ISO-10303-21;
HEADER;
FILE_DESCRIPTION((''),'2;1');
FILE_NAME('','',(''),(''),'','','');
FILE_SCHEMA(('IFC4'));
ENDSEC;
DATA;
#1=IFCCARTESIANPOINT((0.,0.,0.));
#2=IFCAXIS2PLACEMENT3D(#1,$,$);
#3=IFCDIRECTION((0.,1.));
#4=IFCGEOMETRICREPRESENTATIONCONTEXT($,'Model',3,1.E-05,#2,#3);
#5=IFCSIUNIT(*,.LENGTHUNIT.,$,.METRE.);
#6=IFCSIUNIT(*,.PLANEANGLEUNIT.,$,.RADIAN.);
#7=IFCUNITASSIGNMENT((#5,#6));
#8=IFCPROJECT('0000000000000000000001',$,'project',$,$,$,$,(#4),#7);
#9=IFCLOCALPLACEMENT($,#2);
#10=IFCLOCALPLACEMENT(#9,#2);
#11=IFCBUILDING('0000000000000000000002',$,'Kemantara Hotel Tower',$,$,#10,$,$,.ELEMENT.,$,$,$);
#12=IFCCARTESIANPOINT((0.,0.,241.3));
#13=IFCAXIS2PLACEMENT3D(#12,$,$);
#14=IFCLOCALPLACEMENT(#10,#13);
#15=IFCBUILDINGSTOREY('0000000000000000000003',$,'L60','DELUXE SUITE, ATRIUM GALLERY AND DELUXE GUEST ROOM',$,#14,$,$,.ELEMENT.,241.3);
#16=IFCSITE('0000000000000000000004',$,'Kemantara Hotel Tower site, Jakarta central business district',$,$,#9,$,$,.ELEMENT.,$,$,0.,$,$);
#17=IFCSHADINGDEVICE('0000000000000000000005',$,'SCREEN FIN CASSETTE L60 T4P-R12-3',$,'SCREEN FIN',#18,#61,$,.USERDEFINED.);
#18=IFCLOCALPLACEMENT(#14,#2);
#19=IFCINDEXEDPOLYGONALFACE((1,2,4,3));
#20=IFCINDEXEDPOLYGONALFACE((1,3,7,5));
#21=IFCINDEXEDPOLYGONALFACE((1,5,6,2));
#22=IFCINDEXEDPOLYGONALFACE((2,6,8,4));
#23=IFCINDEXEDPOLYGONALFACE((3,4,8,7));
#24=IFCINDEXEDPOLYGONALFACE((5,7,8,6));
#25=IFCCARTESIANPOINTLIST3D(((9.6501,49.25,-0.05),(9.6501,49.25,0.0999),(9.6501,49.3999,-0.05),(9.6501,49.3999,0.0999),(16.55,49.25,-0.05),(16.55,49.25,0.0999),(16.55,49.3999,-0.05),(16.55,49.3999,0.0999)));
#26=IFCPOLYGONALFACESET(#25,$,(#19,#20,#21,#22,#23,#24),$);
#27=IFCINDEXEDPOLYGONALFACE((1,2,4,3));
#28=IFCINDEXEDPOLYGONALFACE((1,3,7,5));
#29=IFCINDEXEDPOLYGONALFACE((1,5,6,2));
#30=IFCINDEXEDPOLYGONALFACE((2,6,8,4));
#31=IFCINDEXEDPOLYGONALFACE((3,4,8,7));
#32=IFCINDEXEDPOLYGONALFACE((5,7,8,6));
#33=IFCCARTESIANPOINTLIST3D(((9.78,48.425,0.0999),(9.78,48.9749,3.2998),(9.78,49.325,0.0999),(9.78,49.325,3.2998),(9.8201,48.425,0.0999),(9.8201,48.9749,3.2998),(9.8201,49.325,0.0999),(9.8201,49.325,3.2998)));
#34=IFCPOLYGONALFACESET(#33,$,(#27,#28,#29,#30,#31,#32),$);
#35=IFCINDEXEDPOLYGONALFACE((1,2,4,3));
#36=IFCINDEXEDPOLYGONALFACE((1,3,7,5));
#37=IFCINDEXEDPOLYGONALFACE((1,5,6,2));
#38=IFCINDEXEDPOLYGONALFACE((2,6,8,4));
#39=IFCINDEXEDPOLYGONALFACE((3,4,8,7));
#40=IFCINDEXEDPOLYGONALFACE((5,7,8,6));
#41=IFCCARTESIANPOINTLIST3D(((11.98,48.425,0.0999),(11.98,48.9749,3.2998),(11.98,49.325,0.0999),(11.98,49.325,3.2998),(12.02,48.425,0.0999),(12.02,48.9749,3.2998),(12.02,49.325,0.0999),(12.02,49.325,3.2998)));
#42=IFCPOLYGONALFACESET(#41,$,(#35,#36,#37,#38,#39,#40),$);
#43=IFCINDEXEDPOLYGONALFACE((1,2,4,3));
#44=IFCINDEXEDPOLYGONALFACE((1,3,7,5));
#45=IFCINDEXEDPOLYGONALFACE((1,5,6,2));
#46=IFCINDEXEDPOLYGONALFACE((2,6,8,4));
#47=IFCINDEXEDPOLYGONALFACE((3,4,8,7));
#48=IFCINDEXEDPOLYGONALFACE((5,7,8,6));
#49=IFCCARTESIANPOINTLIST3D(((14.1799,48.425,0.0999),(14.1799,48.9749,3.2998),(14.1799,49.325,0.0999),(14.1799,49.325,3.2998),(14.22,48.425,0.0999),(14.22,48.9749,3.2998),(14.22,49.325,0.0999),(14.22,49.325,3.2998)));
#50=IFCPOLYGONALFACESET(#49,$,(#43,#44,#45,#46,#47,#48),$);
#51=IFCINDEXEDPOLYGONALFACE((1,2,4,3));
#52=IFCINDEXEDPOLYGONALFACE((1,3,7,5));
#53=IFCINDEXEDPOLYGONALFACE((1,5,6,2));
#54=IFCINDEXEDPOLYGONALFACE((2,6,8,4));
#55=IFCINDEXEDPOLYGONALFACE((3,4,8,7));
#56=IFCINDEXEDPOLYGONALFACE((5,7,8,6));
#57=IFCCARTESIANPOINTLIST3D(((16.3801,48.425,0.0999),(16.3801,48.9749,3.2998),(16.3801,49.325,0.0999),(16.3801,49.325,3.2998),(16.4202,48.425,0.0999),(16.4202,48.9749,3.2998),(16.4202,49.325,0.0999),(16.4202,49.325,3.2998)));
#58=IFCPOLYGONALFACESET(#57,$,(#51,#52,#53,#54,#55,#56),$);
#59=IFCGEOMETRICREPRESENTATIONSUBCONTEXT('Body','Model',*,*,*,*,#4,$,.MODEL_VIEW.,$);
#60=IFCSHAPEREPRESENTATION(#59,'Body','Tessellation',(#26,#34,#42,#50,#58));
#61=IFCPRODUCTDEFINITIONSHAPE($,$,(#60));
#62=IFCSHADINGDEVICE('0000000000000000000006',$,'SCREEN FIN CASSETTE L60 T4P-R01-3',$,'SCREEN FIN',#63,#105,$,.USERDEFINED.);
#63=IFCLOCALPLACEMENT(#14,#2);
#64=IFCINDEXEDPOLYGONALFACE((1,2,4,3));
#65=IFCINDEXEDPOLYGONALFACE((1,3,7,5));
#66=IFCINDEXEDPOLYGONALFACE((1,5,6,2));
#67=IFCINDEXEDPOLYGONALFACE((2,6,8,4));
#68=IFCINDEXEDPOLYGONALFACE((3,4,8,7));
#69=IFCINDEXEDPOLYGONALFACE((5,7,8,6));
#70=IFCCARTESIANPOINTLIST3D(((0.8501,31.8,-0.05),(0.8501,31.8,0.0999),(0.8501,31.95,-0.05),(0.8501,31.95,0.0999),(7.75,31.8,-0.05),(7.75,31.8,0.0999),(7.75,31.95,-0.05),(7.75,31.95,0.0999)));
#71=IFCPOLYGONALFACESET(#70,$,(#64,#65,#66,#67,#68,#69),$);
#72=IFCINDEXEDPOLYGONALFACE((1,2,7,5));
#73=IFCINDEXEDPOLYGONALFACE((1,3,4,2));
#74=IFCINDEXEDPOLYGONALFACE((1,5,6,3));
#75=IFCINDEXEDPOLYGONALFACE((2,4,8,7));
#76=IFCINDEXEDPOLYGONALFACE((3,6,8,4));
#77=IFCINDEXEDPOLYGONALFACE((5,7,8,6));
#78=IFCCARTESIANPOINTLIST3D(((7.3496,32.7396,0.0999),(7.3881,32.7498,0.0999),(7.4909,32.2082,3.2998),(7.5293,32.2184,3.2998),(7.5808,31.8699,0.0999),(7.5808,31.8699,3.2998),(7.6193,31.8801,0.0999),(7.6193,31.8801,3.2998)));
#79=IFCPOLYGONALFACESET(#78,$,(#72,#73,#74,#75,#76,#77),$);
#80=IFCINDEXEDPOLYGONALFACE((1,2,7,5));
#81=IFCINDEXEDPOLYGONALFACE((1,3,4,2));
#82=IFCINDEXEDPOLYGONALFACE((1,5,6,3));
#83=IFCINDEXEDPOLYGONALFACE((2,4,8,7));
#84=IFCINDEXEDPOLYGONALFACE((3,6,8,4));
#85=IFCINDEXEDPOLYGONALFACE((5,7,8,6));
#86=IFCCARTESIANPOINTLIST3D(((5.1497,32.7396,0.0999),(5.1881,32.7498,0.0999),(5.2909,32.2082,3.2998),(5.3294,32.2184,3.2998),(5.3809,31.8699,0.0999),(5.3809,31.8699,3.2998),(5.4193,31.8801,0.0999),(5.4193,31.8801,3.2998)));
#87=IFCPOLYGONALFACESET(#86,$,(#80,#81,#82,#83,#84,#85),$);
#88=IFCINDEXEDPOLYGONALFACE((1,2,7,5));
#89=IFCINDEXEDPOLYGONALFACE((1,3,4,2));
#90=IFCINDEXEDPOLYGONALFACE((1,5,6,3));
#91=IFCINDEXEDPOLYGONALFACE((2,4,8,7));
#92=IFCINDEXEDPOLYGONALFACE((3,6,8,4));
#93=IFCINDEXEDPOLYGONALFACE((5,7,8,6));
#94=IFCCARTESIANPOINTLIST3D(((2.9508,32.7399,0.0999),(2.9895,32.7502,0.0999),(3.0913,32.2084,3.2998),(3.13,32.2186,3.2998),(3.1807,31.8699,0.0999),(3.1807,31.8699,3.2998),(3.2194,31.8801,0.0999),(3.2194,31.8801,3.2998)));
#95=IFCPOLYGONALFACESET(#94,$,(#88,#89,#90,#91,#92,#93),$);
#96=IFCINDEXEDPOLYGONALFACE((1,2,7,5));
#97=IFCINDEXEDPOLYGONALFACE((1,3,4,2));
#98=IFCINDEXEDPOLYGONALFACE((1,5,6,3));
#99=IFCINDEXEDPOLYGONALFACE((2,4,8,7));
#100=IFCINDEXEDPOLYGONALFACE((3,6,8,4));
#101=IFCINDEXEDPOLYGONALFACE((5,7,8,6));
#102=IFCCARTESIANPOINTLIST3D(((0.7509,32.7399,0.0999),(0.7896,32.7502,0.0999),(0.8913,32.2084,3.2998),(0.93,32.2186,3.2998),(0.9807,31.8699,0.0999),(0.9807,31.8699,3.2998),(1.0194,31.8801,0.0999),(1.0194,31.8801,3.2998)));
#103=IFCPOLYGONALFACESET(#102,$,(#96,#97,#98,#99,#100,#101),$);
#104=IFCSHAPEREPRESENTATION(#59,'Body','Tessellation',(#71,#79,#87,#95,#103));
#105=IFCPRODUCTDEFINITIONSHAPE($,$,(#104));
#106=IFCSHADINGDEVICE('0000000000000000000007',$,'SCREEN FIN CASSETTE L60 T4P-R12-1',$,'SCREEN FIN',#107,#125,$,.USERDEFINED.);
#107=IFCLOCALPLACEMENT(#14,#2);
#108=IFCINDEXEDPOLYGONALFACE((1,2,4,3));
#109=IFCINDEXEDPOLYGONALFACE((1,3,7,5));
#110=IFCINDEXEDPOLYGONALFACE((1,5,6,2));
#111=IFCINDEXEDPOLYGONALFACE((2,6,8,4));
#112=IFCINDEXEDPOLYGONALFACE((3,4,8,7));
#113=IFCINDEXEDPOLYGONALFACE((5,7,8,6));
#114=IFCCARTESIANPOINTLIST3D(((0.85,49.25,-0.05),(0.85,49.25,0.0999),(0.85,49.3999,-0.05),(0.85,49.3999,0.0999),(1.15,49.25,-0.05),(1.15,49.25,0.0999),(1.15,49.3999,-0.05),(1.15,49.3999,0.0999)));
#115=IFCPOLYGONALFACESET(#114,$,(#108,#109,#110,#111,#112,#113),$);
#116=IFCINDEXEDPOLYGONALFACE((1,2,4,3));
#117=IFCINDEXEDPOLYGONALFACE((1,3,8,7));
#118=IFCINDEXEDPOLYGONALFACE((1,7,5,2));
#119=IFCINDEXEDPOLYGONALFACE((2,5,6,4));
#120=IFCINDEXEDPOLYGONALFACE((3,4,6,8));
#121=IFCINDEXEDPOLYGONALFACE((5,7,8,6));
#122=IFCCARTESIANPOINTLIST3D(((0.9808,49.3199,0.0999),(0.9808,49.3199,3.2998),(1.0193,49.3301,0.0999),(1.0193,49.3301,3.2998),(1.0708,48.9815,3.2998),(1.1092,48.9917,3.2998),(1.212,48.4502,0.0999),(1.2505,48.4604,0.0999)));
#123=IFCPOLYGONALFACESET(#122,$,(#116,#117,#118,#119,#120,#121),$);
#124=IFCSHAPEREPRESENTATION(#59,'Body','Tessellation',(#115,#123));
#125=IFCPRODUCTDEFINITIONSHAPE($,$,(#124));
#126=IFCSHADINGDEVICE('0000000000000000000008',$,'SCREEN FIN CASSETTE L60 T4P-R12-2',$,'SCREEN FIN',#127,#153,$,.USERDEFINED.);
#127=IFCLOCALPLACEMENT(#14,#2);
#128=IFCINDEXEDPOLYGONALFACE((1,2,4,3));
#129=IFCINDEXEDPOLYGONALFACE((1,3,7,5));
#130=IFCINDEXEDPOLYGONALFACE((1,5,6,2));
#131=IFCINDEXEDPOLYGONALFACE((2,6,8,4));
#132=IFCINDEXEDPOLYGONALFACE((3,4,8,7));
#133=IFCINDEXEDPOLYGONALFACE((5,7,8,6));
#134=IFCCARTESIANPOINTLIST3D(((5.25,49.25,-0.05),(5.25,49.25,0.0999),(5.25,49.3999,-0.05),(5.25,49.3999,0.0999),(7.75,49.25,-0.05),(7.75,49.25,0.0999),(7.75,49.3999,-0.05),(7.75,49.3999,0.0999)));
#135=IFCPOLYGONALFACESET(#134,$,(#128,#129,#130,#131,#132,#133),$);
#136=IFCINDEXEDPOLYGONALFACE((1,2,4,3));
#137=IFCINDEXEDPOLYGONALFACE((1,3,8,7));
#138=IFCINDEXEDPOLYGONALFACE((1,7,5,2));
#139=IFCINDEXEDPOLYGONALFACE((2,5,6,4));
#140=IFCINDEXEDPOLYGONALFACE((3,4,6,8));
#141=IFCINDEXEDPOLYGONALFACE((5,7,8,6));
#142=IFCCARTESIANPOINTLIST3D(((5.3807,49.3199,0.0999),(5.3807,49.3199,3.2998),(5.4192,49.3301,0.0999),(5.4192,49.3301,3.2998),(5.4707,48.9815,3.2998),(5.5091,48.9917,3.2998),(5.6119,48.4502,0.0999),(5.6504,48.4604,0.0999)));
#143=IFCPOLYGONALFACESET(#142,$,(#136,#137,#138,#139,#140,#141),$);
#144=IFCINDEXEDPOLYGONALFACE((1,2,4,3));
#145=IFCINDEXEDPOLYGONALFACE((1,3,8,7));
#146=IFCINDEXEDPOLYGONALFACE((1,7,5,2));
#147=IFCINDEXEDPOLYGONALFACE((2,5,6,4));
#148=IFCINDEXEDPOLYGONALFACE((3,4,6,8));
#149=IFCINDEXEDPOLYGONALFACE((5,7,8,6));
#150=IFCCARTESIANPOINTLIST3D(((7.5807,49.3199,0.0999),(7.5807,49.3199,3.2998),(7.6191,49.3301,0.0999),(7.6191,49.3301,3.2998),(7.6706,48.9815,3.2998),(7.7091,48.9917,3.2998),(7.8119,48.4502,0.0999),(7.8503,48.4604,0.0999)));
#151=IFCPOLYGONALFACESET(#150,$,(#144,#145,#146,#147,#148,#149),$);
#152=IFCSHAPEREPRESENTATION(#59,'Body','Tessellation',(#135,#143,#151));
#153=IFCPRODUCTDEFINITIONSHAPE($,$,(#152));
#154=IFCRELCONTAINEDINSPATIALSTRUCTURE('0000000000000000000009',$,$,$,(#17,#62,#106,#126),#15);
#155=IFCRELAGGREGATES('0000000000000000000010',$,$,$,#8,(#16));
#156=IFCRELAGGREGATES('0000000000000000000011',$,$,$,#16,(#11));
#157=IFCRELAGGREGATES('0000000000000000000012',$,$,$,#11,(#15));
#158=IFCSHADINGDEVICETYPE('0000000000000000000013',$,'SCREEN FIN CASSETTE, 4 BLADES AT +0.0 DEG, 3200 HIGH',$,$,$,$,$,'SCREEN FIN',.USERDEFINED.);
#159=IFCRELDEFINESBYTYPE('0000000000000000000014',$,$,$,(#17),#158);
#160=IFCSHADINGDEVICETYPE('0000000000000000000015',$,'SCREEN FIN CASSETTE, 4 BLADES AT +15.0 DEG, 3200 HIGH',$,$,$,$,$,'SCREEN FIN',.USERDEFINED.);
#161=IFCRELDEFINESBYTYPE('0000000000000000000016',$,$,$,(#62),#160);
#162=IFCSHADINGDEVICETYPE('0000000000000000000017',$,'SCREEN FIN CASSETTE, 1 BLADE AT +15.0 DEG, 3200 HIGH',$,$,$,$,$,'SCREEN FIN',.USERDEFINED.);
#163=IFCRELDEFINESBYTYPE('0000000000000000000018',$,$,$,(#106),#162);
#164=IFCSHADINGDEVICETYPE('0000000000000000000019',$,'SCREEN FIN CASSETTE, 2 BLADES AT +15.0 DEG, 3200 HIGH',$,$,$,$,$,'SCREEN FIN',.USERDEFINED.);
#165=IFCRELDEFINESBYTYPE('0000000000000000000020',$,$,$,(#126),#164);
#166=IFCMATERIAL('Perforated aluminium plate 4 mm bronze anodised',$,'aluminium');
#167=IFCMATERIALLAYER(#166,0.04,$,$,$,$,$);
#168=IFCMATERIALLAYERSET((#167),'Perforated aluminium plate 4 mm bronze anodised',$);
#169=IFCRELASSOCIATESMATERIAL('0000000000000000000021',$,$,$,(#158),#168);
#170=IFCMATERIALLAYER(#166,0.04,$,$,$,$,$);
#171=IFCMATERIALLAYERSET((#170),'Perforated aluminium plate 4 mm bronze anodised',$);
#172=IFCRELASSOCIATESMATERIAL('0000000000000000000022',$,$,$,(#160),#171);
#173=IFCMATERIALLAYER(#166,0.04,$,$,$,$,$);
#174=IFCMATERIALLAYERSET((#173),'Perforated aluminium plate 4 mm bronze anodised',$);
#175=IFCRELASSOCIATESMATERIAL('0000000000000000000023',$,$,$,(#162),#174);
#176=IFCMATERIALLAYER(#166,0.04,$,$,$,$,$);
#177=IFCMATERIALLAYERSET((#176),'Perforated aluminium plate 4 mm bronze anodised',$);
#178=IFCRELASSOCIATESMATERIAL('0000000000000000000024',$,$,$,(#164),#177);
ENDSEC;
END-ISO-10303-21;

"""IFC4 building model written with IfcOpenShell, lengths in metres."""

from ifc_helpers import new_model, si_unit, direction, frame, origin, origin_2d, place, context, subcontext, project, spatial, polyline, rectangle, outline, extrude, source, transform, mapped, material, layer, layer_set, type_object, element, save


model = new_model("IFC4")

# Units and contexts
model_context = context("Model", 3, precision=1e-05, world=origin(), true_north=direction((0.0, 1.0)))
body_context = subcontext(model_context, "Body", "Model", "MODEL_VIEW")
ifc_project = project(units=[si_unit("LENGTHUNIT", "METRE"), si_unit("PLANEANGLEUNIT", "RADIAN")], contexts=[model_context])

# Site, building, storey
site_placement = place(None, origin())
site = spatial("IfcSite", under=ifc_project, at=site_placement, Name="Kemantara Hotel Tower site, Jakarta central business district", CompositionType="ELEMENT", RefElevation=0.0)
building_placement = place(site_placement, origin())
building = spatial("IfcBuilding", under=site, at=building_placement, Name="Kemantara Hotel Tower", CompositionType="ELEMENT")
storey_placement = place(building_placement, frame((0.0, 0.0, 241.3)))
storey = spatial("IfcBuildingStorey", under=building, at=storey_placement, Name="L60", Description="DELUXE SUITE, ATRIUM GALLERY AND DELUXE GUEST ROOM", CompositionType="ELEMENT", Elevation=241.3)

# Shading devices
ifc_material_1 = material(Name="Perforated aluminium plate 4 mm bronze anodised", Category="aluminium")
ifc_layer_1 = layer(ifc_material_1, 0.04)
ifc_layer_set_1 = layer_set([ifc_layer_1], Name="Perforated aluminium plate 4 mm bronze anodised")
shading_device_type_1 = type_object("IfcShadingDeviceType", Name="SCREEN FIN CASSETTE, 4 BLADES AT +0.0 DEG, 3200 HIGH", ElementType="SCREEN FIN", PredefinedType="USERDEFINED", material=ifc_layer_set_1)
shared_shape_1 = source(origin(), body_context, "Body", "SweptSolid", [
    extrude(rectangle(XDim=6.8999, YDim=0.1499, at=origin_2d()), frame((3.3, -0.075, -0.1499), z_axis=(0.0, 0.0, 1.0), x_axis=(1.0, 0.0, 0.0)), (0.0, 0.0, 1.0), 0.1499),
    extrude(outline(polyline([(0.0, 0.0), (0.8999, 0.0), (0.3501, 3.2), (0.0, 3.2), (0.0, 0.0)])), frame((0.02, -0.075, 0.0), z_axis=(-1.0, 0.0, 0.0), x_axis=(0.0, -1.0, 0.0)), (0.0, 0.0, 1.0), 0.04),
    extrude(outline(polyline([(0.0, 0.0), (0.8999, 0.0), (0.3501, 3.2), (0.0, 3.2), (0.0, 0.0)])), frame((2.22, -0.075, 0.0), z_axis=(-1.0, 0.0, 0.0), x_axis=(0.0, -1.0, 0.0)), (0.0, 0.0, 1.0), 0.04),
    extrude(outline(polyline([(0.0, 0.0), (0.8999, 0.0), (0.3501, 3.2), (0.0, 3.2), (0.0, 0.0)])), frame((4.4199, -0.075, 0.0), z_axis=(-1.0, 0.0, 0.0), x_axis=(0.0, -1.0, 0.0)), (0.0, 0.0, 1.0), 0.04),
    extrude(outline(polyline([(0.0, 0.0), (0.8999, 0.0), (0.3501, 3.2), (0.0, 3.2), (0.0, 0.0)])), frame((6.6201, -0.075, 0.0), z_axis=(-1.0, 0.0, 0.0), x_axis=(0.0, -1.0, 0.0)), (0.0, 0.0, 1.0), 0.04),
])
shading_device_1_placement = place(storey_placement, frame((9.8, 49.3999, 0.0999), z_axis=(0.0, 0.0, 1.0), x_axis=(1.0, 0.0, 0.0)))
element("IfcShadingDevice", 1, at=shading_device_1_placement, inside=storey, type_object=shading_device_type_1, Name="SCREEN FIN CASSETTE L60 T4P-R12-3", ObjectType="SCREEN FIN", PredefinedType="USERDEFINED", context=body_context, shape_type="MappedRepresentation", body=[
    mapped(shared_shape_1, transform((0.0, 0.0, 0.0))),
])
ifc_layer_2 = layer(ifc_material_1, 0.04)
ifc_layer_set_2 = layer_set([ifc_layer_2], Name="Perforated aluminium plate 4 mm bronze anodised")
shading_device_type_2 = type_object("IfcShadingDeviceType", Name="SCREEN FIN CASSETTE, 4 BLADES AT +15.0 DEG, 3200 HIGH", ElementType="SCREEN FIN", PredefinedType="USERDEFINED", material=ifc_layer_set_2)
shared_shape_2 = source(origin(), body_context, "Body", "SweptSolid", [
    extrude(rectangle(XDim=6.8999, YDim=0.1499, at=origin_2d()), frame((3.3, -0.075, -0.1499), z_axis=(0.0, 0.0, 1.0), x_axis=(1.0, 0.0, 0.0)), (0.0, 0.0, 1.0), 0.1499),
    extrude(outline(polyline([(0.0, 0.0), (0.8999, 0.0), (0.3501, 3.2), (0.0, 3.2), (0.0, 0.0)])), frame((0.0193, -0.0698, 0.0), z_axis=(-0.966438, -0.256901, 0.0), x_axis=(0.256901, -0.966438, 0.0)), (0.0, 0.0, 1.0), 0.0398),
    extrude(outline(polyline([(0.0, 0.0), (0.8999, 0.0), (0.3501, 3.2), (0.0, 3.2), (0.0, 0.0)])), frame((2.2192, -0.0698, 0.0), z_axis=(-0.966438, -0.256901, 0.0), x_axis=(0.256901, -0.966438, 0.0)), (0.0, 0.0, 1.0), 0.0398),
    extrude(outline(polyline([(0.0, 0.0), (0.8999, 0.0), (0.3501, 3.2), (0.0, 3.2), (0.0, 0.0)])), frame((4.4194, -0.0698, 0.0), z_axis=(-0.966838, -0.255391, 0.0), x_axis=(0.255391, -0.966838, 0.0)), (0.0, 0.0, 1.0), 0.04),
    extrude(outline(polyline([(0.0, 0.0), (0.8999, 0.0), (0.3501, 3.2), (0.0, 3.2), (0.0, 0.0)])), frame((6.6194, -0.0698, 0.0), z_axis=(-0.966838, -0.255391, 0.0), x_axis=(0.255391, -0.966838, 0.0)), (0.0, 0.0, 1.0), 0.04),
])
shading_device_2_placement = place(storey_placement, frame((7.6001, 31.8, 0.0999), z_axis=(0.0, 0.0, 1.0), x_axis=(-1.0, 0.0, 0.0)))
element("IfcShadingDevice", 2, at=shading_device_2_placement, inside=storey, type_object=shading_device_type_2, Name="SCREEN FIN CASSETTE L60 T4P-R01-3", ObjectType="SCREEN FIN", PredefinedType="USERDEFINED", context=body_context, shape_type="MappedRepresentation", body=[
    mapped(shared_shape_2, transform((0.0, 0.0, 0.0))),
])
ifc_layer_3 = layer(ifc_material_1, 0.04)
ifc_layer_set_3 = layer_set([ifc_layer_3], Name="Perforated aluminium plate 4 mm bronze anodised")
shading_device_type_3 = type_object("IfcShadingDeviceType", Name="SCREEN FIN CASSETTE, 1 BLADE AT +15.0 DEG, 3200 HIGH", ElementType="SCREEN FIN", PredefinedType="USERDEFINED", material=ifc_layer_set_3)
shared_shape_3 = source(origin(), body_context, "Body", "SweptSolid", [
    extrude(rectangle(XDim=0.3, YDim=0.1499, at=origin_2d()), frame((0.0, -0.075, -0.1499), z_axis=(0.0, 0.0, 1.0), x_axis=(1.0, 0.0, 0.0)), (0.0, 0.0, 1.0), 0.1499),
    extrude(outline(polyline([(0.0, 0.0), (0.8999, 0.0), (0.3501, 3.2), (0.0, 3.2), (0.0, 0.0)])), frame((0.0193, -0.0698, 0.0), z_axis=(-0.966438, -0.256901, 0.0), x_axis=(0.256901, -0.966438, 0.0)), (0.0, 0.0, 1.0), 0.0398),
])
shading_device_3_placement = place(storey_placement, frame((1.0, 49.3999, 0.0999), z_axis=(0.0, 0.0, 1.0), x_axis=(1.0, 0.0, 0.0)))
element("IfcShadingDevice", 3, at=shading_device_3_placement, inside=storey, type_object=shading_device_type_3, Name="SCREEN FIN CASSETTE L60 T4P-R12-1", ObjectType="SCREEN FIN", PredefinedType="USERDEFINED", context=body_context, shape_type="MappedRepresentation", body=[
    mapped(shared_shape_3, transform((0.0, 0.0, 0.0))),
])
ifc_layer_4 = layer(ifc_material_1, 0.04)
ifc_layer_set_4 = layer_set([ifc_layer_4], Name="Perforated aluminium plate 4 mm bronze anodised")
shading_device_type_4 = type_object("IfcShadingDeviceType", Name="SCREEN FIN CASSETTE, 2 BLADES AT +15.0 DEG, 3200 HIGH", ElementType="SCREEN FIN", PredefinedType="USERDEFINED", material=ifc_layer_set_4)
shared_shape_4 = source(origin(), body_context, "Body", "SweptSolid", [
    extrude(rectangle(XDim=2.5, YDim=0.1499, at=origin_2d()), frame((1.1001, -0.075, -0.1499), z_axis=(0.0, 0.0, 1.0), x_axis=(1.0, 0.0, 0.0)), (0.0, 0.0, 1.0), 0.1499),
    extrude(outline(polyline([(0.0, 0.0), (0.8999, 0.0), (0.3501, 3.2), (0.0, 3.2), (0.0, 0.0)])), frame((0.0193, -0.0698, 0.0), z_axis=(-0.966438, -0.256901, 0.0), x_axis=(0.256901, -0.966438, 0.0)), (0.0, 0.0, 1.0), 0.0398),
    extrude(outline(polyline([(0.0, 0.0), (0.8999, 0.0), (0.3501, 3.2), (0.0, 3.2), (0.0, 0.0)])), frame((2.2192, -0.0698, 0.0), z_axis=(-0.966438, -0.256901, 0.0), x_axis=(0.256901, -0.966438, 0.0)), (0.0, 0.0, 1.0), 0.0398),
])
shading_device_4_placement = place(storey_placement, frame((5.3999, 49.3999, 0.0999), z_axis=(0.0, 0.0, 1.0), x_axis=(1.0, 0.0, 0.0)))
element("IfcShadingDevice", 4, at=shading_device_4_placement, inside=storey, type_object=shading_device_type_4, Name="SCREEN FIN CASSETTE L60 T4P-R12-2", ObjectType="SCREEN FIN", PredefinedType="USERDEFINED", context=body_context, shape_type="MappedRepresentation", body=[
    mapped(shared_shape_4, transform((0.0, 0.0, 0.0))),
])

save(model, "model.ifc")
